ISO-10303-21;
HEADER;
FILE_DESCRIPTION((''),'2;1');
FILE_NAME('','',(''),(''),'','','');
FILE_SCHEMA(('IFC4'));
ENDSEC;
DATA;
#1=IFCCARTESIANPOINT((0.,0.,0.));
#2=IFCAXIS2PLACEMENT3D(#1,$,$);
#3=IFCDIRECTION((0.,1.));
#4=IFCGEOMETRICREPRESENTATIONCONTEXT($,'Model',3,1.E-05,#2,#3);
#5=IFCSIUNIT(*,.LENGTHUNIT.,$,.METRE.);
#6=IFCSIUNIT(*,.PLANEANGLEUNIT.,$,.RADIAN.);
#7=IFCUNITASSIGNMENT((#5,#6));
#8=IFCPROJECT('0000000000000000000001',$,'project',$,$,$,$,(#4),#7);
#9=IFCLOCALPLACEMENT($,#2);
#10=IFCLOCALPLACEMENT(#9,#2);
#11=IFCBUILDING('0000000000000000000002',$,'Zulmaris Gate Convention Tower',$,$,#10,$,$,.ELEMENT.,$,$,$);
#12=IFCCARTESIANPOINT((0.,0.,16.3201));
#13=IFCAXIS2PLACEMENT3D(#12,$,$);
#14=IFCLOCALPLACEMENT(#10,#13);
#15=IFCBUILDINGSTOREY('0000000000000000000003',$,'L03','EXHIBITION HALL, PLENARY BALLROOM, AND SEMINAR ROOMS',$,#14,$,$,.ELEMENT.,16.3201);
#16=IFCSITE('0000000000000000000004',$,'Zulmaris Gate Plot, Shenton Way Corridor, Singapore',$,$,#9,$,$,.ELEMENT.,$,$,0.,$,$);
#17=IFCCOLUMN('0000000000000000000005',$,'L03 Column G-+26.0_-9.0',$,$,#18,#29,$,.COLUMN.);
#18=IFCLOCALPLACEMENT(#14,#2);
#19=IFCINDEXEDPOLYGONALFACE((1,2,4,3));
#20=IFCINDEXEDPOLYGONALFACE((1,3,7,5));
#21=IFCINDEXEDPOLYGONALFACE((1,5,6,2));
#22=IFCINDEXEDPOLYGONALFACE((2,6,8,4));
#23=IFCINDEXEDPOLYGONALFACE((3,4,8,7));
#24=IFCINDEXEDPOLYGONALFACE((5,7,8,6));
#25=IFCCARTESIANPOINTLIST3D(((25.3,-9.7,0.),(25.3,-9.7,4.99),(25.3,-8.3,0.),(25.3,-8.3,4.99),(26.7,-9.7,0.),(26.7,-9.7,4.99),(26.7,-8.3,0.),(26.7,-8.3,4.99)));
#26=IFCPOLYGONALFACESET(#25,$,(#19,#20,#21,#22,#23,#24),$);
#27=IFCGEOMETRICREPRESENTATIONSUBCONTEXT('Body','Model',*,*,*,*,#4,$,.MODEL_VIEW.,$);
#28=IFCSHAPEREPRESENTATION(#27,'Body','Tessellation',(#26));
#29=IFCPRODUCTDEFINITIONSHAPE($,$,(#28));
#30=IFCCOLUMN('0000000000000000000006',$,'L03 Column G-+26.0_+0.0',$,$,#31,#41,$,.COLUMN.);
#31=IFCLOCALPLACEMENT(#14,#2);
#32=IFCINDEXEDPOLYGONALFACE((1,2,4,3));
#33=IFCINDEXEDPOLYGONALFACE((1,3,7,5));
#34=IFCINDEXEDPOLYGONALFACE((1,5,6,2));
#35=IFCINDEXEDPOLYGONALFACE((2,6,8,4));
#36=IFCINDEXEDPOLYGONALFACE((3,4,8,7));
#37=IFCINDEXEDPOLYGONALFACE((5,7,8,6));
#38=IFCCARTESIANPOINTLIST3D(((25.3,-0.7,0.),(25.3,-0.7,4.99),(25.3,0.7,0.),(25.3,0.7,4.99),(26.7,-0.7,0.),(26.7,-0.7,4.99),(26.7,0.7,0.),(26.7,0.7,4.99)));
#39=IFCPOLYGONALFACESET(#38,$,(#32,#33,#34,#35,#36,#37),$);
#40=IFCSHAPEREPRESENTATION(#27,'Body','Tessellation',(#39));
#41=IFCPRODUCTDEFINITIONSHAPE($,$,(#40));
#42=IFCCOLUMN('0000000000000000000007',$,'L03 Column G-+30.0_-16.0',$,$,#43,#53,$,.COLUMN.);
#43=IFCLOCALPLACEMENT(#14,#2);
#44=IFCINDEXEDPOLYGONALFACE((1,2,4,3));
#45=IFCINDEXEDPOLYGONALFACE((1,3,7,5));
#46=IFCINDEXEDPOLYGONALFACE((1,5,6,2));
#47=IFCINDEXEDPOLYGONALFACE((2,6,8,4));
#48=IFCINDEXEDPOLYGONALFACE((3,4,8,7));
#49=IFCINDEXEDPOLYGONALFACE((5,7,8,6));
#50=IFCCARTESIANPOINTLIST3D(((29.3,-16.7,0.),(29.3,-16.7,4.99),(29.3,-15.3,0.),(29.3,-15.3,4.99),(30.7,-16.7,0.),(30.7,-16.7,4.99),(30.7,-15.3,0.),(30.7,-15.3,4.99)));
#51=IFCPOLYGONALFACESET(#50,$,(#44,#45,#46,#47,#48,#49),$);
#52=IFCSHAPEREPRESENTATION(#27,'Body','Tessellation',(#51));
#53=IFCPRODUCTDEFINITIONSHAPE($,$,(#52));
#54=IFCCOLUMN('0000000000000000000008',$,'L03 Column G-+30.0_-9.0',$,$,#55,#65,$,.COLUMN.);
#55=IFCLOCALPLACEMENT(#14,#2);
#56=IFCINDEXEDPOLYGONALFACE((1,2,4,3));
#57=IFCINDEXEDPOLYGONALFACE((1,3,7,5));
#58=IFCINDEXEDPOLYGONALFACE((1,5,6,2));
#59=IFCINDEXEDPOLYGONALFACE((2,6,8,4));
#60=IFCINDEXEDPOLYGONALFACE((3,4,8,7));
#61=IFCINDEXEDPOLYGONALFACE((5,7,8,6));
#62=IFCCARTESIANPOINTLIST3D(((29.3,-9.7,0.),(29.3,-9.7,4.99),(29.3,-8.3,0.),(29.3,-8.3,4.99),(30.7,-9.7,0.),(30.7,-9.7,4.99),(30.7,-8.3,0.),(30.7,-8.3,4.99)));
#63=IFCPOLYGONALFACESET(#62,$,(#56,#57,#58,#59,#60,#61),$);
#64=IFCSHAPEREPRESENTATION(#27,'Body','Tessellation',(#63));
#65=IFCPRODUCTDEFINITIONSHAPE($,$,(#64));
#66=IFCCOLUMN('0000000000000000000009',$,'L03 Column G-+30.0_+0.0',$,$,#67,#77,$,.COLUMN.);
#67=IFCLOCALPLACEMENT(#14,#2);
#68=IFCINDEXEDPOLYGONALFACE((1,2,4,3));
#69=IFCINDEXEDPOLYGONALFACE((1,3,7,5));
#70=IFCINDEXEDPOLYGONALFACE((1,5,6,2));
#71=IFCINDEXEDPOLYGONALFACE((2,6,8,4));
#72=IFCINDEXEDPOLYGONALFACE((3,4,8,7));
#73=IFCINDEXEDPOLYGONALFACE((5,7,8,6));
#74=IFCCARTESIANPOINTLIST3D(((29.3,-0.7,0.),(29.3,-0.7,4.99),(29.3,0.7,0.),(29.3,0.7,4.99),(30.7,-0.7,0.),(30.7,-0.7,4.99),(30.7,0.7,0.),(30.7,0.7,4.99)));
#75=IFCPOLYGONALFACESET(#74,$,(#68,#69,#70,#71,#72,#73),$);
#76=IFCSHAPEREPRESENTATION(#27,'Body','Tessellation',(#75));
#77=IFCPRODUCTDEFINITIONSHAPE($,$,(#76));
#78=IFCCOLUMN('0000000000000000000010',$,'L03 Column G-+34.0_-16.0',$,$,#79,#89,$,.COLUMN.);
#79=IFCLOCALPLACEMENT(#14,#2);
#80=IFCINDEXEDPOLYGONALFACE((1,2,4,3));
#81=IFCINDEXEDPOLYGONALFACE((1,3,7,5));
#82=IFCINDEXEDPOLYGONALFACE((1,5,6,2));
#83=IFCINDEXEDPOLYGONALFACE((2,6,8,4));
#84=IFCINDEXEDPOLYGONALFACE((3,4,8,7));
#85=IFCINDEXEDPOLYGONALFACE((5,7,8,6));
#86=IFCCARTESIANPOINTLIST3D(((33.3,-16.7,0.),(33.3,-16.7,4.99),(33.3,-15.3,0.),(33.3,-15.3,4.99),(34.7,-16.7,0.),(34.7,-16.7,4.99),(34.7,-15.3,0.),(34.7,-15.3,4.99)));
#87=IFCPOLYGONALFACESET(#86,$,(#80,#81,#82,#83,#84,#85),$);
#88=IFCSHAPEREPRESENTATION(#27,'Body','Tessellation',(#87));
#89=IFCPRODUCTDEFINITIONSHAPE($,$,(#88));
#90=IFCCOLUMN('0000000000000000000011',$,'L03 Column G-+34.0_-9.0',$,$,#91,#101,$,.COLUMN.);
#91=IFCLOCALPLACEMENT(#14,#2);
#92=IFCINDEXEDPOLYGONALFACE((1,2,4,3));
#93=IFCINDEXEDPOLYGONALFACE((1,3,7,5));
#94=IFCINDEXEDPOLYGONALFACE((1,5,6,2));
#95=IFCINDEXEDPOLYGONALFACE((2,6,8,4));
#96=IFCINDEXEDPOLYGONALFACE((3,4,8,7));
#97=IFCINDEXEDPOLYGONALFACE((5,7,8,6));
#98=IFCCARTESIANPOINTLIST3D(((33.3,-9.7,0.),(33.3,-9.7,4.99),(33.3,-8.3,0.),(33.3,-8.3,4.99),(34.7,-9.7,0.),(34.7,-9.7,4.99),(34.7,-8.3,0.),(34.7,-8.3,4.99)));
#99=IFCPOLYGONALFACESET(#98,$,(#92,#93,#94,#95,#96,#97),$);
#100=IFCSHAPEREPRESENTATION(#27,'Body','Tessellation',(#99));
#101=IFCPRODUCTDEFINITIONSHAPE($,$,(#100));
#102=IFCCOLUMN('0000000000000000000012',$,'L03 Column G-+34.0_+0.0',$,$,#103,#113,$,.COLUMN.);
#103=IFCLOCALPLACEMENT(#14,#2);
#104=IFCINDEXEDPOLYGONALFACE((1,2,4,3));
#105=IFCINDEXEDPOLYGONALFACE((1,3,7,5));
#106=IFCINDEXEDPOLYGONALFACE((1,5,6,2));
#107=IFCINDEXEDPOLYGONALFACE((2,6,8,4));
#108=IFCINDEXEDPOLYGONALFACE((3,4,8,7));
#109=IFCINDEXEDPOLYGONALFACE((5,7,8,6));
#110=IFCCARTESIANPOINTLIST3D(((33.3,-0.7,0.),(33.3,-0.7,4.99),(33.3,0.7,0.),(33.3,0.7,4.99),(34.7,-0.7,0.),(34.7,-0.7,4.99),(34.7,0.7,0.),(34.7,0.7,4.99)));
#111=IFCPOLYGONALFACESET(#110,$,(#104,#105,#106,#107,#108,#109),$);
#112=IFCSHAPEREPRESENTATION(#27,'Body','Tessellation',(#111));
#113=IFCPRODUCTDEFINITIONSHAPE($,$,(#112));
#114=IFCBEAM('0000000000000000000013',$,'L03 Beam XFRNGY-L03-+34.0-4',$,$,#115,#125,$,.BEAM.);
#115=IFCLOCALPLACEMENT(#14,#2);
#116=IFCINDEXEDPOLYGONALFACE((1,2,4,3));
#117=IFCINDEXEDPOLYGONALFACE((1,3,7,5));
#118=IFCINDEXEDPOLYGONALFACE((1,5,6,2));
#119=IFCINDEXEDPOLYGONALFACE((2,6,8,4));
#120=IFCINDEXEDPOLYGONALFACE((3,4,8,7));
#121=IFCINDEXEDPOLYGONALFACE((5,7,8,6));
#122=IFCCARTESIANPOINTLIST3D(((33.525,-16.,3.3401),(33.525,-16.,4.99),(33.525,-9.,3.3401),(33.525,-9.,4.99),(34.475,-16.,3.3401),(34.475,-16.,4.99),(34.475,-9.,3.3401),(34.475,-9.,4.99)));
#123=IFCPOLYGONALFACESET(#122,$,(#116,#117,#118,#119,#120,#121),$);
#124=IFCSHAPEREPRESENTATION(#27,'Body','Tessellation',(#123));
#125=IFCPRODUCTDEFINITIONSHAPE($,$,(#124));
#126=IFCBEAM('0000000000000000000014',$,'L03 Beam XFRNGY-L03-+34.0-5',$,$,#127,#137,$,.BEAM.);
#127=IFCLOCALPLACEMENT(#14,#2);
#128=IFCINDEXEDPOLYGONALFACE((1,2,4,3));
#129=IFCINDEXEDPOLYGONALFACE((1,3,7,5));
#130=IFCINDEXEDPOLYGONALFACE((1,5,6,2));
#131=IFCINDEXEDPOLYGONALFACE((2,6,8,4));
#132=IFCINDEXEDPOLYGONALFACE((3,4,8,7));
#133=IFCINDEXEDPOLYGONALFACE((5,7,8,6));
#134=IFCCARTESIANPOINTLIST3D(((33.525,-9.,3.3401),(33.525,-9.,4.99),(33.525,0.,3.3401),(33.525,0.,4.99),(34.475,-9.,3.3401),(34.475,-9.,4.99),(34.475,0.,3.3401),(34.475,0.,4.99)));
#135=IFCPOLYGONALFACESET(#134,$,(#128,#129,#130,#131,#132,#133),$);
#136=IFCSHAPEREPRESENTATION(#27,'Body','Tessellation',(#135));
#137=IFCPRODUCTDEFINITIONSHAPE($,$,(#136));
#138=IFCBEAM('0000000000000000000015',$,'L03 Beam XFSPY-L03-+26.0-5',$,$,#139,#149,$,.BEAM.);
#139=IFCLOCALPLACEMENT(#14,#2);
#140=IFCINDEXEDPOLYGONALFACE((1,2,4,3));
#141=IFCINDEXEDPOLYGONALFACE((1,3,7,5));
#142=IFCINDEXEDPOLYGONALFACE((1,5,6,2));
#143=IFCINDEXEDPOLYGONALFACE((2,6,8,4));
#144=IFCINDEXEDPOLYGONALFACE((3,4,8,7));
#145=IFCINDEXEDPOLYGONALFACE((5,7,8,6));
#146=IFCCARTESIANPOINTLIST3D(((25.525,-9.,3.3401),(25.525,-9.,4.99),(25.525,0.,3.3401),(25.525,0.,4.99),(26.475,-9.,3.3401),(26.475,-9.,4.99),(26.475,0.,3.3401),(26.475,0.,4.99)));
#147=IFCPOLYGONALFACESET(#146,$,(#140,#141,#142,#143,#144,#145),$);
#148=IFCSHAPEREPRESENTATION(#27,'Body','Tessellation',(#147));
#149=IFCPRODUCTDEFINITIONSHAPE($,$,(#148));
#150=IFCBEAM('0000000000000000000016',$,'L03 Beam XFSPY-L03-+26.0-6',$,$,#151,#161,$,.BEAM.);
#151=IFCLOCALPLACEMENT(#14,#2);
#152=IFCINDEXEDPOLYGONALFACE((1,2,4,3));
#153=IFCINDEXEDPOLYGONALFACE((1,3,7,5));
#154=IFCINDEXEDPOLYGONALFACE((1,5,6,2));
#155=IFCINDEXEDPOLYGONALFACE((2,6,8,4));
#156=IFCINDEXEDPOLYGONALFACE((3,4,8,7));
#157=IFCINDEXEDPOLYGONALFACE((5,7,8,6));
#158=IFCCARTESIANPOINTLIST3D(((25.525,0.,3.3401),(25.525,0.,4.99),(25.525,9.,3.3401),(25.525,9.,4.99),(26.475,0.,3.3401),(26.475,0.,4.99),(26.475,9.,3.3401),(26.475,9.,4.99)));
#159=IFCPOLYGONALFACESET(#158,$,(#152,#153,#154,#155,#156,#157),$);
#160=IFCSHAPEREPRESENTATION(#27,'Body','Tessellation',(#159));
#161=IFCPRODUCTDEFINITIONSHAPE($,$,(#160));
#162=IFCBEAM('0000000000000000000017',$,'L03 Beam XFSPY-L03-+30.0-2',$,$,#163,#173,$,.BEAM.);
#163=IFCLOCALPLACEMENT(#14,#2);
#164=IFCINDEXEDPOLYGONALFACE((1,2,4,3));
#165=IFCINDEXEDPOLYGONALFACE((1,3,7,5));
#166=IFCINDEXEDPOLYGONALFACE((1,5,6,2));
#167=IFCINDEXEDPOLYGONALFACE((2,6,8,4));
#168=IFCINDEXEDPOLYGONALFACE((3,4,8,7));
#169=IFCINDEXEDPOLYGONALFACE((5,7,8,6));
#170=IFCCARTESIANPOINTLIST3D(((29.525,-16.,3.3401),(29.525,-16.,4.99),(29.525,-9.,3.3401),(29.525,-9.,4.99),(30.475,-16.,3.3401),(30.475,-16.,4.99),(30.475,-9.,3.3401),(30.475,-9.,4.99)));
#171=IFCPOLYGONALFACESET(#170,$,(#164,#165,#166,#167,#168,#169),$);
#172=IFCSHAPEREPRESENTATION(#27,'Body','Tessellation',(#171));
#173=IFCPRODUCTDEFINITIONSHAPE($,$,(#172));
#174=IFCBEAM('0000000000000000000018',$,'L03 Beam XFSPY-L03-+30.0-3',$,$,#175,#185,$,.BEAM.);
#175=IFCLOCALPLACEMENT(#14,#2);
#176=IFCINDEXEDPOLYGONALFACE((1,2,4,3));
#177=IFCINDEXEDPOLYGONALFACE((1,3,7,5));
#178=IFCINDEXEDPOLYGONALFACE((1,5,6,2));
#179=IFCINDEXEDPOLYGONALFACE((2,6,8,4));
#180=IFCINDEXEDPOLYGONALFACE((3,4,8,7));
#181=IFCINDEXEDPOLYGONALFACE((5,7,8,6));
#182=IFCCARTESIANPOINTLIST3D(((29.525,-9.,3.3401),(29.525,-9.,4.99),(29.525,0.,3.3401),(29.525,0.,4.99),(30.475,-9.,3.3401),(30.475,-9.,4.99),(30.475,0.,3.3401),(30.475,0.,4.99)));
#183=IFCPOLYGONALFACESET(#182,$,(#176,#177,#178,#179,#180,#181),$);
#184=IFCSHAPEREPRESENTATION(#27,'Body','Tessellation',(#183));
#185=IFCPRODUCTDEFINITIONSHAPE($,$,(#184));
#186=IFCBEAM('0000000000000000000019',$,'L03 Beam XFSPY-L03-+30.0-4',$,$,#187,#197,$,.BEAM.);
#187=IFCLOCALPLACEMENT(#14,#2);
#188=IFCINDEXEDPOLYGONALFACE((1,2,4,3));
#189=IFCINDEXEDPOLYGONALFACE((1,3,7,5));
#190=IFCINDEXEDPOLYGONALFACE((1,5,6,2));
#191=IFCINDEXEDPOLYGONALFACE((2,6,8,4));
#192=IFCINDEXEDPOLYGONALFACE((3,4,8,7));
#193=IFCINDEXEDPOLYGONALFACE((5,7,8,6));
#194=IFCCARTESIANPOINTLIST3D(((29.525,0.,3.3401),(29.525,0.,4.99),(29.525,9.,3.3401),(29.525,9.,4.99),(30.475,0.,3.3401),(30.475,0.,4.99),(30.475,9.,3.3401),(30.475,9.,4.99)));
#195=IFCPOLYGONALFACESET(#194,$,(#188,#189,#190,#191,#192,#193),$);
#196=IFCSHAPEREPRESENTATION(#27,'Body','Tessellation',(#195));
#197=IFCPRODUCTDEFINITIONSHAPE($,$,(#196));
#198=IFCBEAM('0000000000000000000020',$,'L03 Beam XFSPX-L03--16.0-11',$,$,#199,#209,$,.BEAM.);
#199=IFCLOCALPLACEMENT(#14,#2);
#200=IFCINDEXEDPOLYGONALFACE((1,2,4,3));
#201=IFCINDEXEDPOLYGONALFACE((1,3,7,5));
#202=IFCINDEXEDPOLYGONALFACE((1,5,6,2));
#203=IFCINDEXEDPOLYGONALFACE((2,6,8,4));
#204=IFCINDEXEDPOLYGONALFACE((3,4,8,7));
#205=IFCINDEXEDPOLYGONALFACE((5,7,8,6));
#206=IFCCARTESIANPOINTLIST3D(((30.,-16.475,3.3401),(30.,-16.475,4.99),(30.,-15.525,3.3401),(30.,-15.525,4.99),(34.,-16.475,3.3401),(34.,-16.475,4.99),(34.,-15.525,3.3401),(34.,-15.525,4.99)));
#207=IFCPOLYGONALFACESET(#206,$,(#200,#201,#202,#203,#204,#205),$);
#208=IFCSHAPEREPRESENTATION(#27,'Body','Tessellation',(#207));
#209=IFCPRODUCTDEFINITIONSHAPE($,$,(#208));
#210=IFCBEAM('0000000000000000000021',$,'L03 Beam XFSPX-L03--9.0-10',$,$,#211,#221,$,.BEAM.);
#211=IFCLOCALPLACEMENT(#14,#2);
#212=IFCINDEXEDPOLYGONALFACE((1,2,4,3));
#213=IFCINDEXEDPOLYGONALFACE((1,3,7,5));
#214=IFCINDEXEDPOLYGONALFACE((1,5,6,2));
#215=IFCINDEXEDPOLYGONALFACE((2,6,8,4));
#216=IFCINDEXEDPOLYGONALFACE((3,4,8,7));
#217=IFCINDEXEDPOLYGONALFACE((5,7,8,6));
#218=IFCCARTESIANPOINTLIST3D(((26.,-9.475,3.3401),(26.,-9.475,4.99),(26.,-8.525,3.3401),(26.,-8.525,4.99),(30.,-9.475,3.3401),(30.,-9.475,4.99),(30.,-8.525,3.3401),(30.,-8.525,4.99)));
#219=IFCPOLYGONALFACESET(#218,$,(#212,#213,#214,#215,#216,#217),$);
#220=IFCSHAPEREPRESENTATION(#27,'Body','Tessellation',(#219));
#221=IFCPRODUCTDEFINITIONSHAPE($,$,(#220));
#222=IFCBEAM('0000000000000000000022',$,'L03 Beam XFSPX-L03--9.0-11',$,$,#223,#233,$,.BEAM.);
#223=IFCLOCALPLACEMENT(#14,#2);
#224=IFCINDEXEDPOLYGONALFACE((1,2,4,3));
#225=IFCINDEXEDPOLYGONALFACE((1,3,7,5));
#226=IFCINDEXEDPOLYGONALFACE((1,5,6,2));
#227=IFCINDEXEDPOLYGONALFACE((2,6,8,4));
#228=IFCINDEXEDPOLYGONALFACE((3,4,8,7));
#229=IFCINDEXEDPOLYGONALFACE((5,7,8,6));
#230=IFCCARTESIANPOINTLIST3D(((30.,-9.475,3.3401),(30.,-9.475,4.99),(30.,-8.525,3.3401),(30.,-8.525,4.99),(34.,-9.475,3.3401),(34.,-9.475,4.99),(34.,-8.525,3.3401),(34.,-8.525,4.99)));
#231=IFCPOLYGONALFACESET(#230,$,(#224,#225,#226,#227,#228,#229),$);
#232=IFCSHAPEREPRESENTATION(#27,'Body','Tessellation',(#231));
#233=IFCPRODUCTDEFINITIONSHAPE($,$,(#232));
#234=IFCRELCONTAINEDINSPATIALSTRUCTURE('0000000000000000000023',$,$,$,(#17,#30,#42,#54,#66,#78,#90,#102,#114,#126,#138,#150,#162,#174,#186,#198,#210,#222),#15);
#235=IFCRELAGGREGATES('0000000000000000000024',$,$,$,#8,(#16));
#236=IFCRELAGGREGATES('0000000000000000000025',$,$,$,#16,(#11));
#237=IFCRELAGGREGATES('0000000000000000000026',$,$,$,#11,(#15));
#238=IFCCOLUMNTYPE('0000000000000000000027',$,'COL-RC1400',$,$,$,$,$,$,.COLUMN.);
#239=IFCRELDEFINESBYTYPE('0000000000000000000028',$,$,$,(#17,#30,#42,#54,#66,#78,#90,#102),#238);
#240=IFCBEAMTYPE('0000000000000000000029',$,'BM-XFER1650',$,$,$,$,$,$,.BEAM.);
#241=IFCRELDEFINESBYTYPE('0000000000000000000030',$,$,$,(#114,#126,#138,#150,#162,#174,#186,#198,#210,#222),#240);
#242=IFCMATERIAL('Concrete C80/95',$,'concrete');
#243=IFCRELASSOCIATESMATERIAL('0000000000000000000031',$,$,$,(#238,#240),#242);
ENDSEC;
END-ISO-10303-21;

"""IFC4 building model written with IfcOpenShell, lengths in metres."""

from ifc_helpers import new_model, si_unit, direction, frame, origin, origin_2d, place, context, subcontext, project, spatial, rectangle, extrude, material, material_profile, profile_set, type_object, element, save


model = new_model("IFC4")

# Units and contexts
model_context = context("Model", 3, precision=1e-05, world=origin(), true_north=direction((0.0, 1.0)))
body_context = subcontext(model_context, "Body", "Model", "MODEL_VIEW")
ifc_project = project(units=[si_unit("LENGTHUNIT", "METRE"), si_unit("PLANEANGLEUNIT", "RADIAN")], contexts=[model_context])

# Site, building, storey
site_placement = place(None, origin())
site = spatial("IfcSite", under=ifc_project, at=site_placement, Name="Zulmaris Gate Plot, Shenton Way Corridor, Singapore", CompositionType="ELEMENT", RefElevation=0.0)
building_placement = place(site_placement, origin())
building = spatial("IfcBuilding", under=site, at=building_placement, Name="Zulmaris Gate Convention Tower", CompositionType="ELEMENT")
storey_placement = place(building_placement, frame((0.0, 0.0, 16.3201)))
storey = spatial("IfcBuildingStorey", under=building, at=storey_placement, Name="L03", Description="EXHIBITION HALL, PLENARY BALLROOM, AND SEMINAR ROOMS", CompositionType="ELEMENT", Elevation=16.3201)

# Columns
ifc_material_1 = material(Name="Concrete C80/95", Category="concrete")
ifc_material_profile_1 = material_profile(ifc_material_1, rectangle(XDim=1.3999, YDim=1.3999, at=origin_2d()), Name="RC COL 1400x1400")
ifc_profile_set_1 = profile_set([ifc_material_profile_1], Name="Concrete C80/95")
column_type = type_object("IfcColumnType", Name="COL-RC1400", PredefinedType="COLUMN", material=ifc_profile_set_1)
for number, where, z_axis, x_axis, name in (
    (1, (26.0, -9.0, 0.0), (0.0, 0.0, 1.0), (1.0, 0.0, 0.0), "L03 Column G-+26.0_-9.0"),
    (2, (26.0, 0.0, 0.0), (0.0, 0.0, 1.0), (1.0, 0.0, 0.0), "L03 Column G-+26.0_+0.0"),
    (3, (30.0, -16.0, 0.0), (0.0, 0.0, 1.0), (1.0, 0.0, 0.0), "L03 Column G-+30.0_-16.0"),
    (4, (30.0, -9.0, 0.0), (0.0, 0.0, 1.0), (1.0, 0.0, 0.0), "L03 Column G-+30.0_-9.0"),
    (5, (30.0, 0.0, 0.0), (0.0, 0.0, 1.0), (1.0, 0.0, 0.0), "L03 Column G-+30.0_+0.0"),
    (6, (34.0, -16.0, 0.0), (0.0, 0.0, 1.0), (1.0, 0.0, 0.0), "L03 Column G-+34.0_-16.0"),
    (7, (34.0, -9.0, 0.0), (0.0, 0.0, 1.0), (1.0, 0.0, 0.0), "L03 Column G-+34.0_-9.0"),
    (8, (34.0, 0.0, 0.0), (0.0, 0.0, 1.0), (1.0, 0.0, 0.0), "L03 Column G-+34.0_+0.0"),
):
    element("IfcColumn", number, at=place(storey_placement, frame(where, z_axis=z_axis, x_axis=x_axis)), inside=storey, type_object=column_type, Name=name, PredefinedType="COLUMN", context=body_context, shape_type="SweptSolid", body=[
        extrude(rectangle(XDim=1.3999, YDim=1.3999, at=origin_2d()), origin(), (0.0, 0.0, 1.0), 4.99),
    ])

# Beams
ifc_material_profile_2 = material_profile(ifc_material_1, rectangle(XDim=0.95, YDim=1.6499, at=origin_2d()), Name="RC TRANSFER 950x1650")
ifc_profile_set_2 = profile_set([ifc_material_profile_2], Name="Concrete C80/95")
beam_type_1 = type_object("IfcBeamType", Name="BM-XFER1650", PredefinedType="BEAM", material=ifc_profile_set_2)
beam_1_placement = place(storey_placement, frame((34.0, -16.0, 4.165), z_axis=(0.0, 1.0, 0.0), x_axis=(-1.0, 0.0, 0.0)))
element("IfcBeam", 9, at=beam_1_placement, inside=storey, type_object=beam_type_1, Name="L03 Beam XFRNGY-L03-+34.0-4", PredefinedType="BEAM", context=body_context, shape_type="SweptSolid", body=[
    extrude(rectangle(XDim=0.95, YDim=1.6499, at=origin_2d()), origin(), (0.0, 0.0, 1.0), 7.0),
])
for number, where, z_axis, x_axis, name in (
    (10, (34.0, -9.0, 4.165), (0.0, 1.0, 0.0), (-1.0, 0.0, 0.0), "L03 Beam XFRNGY-L03-+34.0-5"),
    (11, (26.0, -9.0, 4.165), (0.0, 1.0, 0.0), (-1.0, 0.0, 0.0), "L03 Beam XFSPY-L03-+26.0-5"),
    (12, (26.0, 0.0, 4.165), (0.0, 1.0, 0.0), (-1.0, 0.0, 0.0), "L03 Beam XFSPY-L03-+26.0-6"),
):
    element("IfcBeam", number, at=place(storey_placement, frame(where, z_axis=z_axis, x_axis=x_axis)), inside=storey, type_object=beam_type_1, Name=name, PredefinedType="BEAM", context=body_context, shape_type="SweptSolid", body=[
        extrude(rectangle(XDim=0.95, YDim=1.6499, at=origin_2d()), origin(), (0.0, 0.0, 1.0), 9.0),
    ])
beam_2_placement = place(storey_placement, frame((30.0, -16.0, 4.165), z_axis=(0.0, 1.0, 0.0), x_axis=(-1.0, 0.0, 0.0)))
element("IfcBeam", 13, at=beam_2_placement, inside=storey, type_object=beam_type_1, Name="L03 Beam XFSPY-L03-+30.0-2", PredefinedType="BEAM", context=body_context, shape_type="SweptSolid", body=[
    extrude(rectangle(XDim=0.95, YDim=1.6499, at=origin_2d()), origin(), (0.0, 0.0, 1.0), 7.0),
])
for number, where, z_axis, x_axis, name in (
    (14, (30.0, -9.0, 4.165), (0.0, 1.0, 0.0), (-1.0, 0.0, 0.0), "L03 Beam XFSPY-L03-+30.0-3"),
    (15, (30.0, 0.0, 4.165), (0.0, 1.0, 0.0), (-1.0, 0.0, 0.0), "L03 Beam XFSPY-L03-+30.0-4"),
):
    element("IfcBeam", number, at=place(storey_placement, frame(where, z_axis=z_axis, x_axis=x_axis)), inside=storey, type_object=beam_type_1, Name=name, PredefinedType="BEAM", context=body_context, shape_type="SweptSolid", body=[
        extrude(rectangle(XDim=0.95, YDim=1.6499, at=origin_2d()), origin(), (0.0, 0.0, 1.0), 9.0),
    ])
for number, where, z_axis, x_axis, name in (
    (16, (30.0, -16.0, 4.165), (1.0, 0.0, 0.0), (0.0, 1.0, 0.0), "L03 Beam XFSPX-L03--16.0-11"),
    (17, (26.0, -9.0, 4.165), (1.0, 0.0, 0.0), (0.0, 1.0, 0.0), "L03 Beam XFSPX-L03--9.0-10"),
    (18, (30.0, -9.0, 4.165), (1.0, 0.0, 0.0), (0.0, 1.0, 0.0), "L03 Beam XFSPX-L03--9.0-11"),
):
    element("IfcBeam", number, at=place(storey_placement, frame(where, z_axis=z_axis, x_axis=x_axis)), inside=storey, type_object=beam_type_1, Name=name, PredefinedType="BEAM", context=body_context, shape_type="SweptSolid", body=[
        extrude(rectangle(XDim=0.95, YDim=1.6499, at=origin_2d()), origin(), (0.0, 0.0, 1.0), 4.0),
    ])

save(model, "model.ifc")
